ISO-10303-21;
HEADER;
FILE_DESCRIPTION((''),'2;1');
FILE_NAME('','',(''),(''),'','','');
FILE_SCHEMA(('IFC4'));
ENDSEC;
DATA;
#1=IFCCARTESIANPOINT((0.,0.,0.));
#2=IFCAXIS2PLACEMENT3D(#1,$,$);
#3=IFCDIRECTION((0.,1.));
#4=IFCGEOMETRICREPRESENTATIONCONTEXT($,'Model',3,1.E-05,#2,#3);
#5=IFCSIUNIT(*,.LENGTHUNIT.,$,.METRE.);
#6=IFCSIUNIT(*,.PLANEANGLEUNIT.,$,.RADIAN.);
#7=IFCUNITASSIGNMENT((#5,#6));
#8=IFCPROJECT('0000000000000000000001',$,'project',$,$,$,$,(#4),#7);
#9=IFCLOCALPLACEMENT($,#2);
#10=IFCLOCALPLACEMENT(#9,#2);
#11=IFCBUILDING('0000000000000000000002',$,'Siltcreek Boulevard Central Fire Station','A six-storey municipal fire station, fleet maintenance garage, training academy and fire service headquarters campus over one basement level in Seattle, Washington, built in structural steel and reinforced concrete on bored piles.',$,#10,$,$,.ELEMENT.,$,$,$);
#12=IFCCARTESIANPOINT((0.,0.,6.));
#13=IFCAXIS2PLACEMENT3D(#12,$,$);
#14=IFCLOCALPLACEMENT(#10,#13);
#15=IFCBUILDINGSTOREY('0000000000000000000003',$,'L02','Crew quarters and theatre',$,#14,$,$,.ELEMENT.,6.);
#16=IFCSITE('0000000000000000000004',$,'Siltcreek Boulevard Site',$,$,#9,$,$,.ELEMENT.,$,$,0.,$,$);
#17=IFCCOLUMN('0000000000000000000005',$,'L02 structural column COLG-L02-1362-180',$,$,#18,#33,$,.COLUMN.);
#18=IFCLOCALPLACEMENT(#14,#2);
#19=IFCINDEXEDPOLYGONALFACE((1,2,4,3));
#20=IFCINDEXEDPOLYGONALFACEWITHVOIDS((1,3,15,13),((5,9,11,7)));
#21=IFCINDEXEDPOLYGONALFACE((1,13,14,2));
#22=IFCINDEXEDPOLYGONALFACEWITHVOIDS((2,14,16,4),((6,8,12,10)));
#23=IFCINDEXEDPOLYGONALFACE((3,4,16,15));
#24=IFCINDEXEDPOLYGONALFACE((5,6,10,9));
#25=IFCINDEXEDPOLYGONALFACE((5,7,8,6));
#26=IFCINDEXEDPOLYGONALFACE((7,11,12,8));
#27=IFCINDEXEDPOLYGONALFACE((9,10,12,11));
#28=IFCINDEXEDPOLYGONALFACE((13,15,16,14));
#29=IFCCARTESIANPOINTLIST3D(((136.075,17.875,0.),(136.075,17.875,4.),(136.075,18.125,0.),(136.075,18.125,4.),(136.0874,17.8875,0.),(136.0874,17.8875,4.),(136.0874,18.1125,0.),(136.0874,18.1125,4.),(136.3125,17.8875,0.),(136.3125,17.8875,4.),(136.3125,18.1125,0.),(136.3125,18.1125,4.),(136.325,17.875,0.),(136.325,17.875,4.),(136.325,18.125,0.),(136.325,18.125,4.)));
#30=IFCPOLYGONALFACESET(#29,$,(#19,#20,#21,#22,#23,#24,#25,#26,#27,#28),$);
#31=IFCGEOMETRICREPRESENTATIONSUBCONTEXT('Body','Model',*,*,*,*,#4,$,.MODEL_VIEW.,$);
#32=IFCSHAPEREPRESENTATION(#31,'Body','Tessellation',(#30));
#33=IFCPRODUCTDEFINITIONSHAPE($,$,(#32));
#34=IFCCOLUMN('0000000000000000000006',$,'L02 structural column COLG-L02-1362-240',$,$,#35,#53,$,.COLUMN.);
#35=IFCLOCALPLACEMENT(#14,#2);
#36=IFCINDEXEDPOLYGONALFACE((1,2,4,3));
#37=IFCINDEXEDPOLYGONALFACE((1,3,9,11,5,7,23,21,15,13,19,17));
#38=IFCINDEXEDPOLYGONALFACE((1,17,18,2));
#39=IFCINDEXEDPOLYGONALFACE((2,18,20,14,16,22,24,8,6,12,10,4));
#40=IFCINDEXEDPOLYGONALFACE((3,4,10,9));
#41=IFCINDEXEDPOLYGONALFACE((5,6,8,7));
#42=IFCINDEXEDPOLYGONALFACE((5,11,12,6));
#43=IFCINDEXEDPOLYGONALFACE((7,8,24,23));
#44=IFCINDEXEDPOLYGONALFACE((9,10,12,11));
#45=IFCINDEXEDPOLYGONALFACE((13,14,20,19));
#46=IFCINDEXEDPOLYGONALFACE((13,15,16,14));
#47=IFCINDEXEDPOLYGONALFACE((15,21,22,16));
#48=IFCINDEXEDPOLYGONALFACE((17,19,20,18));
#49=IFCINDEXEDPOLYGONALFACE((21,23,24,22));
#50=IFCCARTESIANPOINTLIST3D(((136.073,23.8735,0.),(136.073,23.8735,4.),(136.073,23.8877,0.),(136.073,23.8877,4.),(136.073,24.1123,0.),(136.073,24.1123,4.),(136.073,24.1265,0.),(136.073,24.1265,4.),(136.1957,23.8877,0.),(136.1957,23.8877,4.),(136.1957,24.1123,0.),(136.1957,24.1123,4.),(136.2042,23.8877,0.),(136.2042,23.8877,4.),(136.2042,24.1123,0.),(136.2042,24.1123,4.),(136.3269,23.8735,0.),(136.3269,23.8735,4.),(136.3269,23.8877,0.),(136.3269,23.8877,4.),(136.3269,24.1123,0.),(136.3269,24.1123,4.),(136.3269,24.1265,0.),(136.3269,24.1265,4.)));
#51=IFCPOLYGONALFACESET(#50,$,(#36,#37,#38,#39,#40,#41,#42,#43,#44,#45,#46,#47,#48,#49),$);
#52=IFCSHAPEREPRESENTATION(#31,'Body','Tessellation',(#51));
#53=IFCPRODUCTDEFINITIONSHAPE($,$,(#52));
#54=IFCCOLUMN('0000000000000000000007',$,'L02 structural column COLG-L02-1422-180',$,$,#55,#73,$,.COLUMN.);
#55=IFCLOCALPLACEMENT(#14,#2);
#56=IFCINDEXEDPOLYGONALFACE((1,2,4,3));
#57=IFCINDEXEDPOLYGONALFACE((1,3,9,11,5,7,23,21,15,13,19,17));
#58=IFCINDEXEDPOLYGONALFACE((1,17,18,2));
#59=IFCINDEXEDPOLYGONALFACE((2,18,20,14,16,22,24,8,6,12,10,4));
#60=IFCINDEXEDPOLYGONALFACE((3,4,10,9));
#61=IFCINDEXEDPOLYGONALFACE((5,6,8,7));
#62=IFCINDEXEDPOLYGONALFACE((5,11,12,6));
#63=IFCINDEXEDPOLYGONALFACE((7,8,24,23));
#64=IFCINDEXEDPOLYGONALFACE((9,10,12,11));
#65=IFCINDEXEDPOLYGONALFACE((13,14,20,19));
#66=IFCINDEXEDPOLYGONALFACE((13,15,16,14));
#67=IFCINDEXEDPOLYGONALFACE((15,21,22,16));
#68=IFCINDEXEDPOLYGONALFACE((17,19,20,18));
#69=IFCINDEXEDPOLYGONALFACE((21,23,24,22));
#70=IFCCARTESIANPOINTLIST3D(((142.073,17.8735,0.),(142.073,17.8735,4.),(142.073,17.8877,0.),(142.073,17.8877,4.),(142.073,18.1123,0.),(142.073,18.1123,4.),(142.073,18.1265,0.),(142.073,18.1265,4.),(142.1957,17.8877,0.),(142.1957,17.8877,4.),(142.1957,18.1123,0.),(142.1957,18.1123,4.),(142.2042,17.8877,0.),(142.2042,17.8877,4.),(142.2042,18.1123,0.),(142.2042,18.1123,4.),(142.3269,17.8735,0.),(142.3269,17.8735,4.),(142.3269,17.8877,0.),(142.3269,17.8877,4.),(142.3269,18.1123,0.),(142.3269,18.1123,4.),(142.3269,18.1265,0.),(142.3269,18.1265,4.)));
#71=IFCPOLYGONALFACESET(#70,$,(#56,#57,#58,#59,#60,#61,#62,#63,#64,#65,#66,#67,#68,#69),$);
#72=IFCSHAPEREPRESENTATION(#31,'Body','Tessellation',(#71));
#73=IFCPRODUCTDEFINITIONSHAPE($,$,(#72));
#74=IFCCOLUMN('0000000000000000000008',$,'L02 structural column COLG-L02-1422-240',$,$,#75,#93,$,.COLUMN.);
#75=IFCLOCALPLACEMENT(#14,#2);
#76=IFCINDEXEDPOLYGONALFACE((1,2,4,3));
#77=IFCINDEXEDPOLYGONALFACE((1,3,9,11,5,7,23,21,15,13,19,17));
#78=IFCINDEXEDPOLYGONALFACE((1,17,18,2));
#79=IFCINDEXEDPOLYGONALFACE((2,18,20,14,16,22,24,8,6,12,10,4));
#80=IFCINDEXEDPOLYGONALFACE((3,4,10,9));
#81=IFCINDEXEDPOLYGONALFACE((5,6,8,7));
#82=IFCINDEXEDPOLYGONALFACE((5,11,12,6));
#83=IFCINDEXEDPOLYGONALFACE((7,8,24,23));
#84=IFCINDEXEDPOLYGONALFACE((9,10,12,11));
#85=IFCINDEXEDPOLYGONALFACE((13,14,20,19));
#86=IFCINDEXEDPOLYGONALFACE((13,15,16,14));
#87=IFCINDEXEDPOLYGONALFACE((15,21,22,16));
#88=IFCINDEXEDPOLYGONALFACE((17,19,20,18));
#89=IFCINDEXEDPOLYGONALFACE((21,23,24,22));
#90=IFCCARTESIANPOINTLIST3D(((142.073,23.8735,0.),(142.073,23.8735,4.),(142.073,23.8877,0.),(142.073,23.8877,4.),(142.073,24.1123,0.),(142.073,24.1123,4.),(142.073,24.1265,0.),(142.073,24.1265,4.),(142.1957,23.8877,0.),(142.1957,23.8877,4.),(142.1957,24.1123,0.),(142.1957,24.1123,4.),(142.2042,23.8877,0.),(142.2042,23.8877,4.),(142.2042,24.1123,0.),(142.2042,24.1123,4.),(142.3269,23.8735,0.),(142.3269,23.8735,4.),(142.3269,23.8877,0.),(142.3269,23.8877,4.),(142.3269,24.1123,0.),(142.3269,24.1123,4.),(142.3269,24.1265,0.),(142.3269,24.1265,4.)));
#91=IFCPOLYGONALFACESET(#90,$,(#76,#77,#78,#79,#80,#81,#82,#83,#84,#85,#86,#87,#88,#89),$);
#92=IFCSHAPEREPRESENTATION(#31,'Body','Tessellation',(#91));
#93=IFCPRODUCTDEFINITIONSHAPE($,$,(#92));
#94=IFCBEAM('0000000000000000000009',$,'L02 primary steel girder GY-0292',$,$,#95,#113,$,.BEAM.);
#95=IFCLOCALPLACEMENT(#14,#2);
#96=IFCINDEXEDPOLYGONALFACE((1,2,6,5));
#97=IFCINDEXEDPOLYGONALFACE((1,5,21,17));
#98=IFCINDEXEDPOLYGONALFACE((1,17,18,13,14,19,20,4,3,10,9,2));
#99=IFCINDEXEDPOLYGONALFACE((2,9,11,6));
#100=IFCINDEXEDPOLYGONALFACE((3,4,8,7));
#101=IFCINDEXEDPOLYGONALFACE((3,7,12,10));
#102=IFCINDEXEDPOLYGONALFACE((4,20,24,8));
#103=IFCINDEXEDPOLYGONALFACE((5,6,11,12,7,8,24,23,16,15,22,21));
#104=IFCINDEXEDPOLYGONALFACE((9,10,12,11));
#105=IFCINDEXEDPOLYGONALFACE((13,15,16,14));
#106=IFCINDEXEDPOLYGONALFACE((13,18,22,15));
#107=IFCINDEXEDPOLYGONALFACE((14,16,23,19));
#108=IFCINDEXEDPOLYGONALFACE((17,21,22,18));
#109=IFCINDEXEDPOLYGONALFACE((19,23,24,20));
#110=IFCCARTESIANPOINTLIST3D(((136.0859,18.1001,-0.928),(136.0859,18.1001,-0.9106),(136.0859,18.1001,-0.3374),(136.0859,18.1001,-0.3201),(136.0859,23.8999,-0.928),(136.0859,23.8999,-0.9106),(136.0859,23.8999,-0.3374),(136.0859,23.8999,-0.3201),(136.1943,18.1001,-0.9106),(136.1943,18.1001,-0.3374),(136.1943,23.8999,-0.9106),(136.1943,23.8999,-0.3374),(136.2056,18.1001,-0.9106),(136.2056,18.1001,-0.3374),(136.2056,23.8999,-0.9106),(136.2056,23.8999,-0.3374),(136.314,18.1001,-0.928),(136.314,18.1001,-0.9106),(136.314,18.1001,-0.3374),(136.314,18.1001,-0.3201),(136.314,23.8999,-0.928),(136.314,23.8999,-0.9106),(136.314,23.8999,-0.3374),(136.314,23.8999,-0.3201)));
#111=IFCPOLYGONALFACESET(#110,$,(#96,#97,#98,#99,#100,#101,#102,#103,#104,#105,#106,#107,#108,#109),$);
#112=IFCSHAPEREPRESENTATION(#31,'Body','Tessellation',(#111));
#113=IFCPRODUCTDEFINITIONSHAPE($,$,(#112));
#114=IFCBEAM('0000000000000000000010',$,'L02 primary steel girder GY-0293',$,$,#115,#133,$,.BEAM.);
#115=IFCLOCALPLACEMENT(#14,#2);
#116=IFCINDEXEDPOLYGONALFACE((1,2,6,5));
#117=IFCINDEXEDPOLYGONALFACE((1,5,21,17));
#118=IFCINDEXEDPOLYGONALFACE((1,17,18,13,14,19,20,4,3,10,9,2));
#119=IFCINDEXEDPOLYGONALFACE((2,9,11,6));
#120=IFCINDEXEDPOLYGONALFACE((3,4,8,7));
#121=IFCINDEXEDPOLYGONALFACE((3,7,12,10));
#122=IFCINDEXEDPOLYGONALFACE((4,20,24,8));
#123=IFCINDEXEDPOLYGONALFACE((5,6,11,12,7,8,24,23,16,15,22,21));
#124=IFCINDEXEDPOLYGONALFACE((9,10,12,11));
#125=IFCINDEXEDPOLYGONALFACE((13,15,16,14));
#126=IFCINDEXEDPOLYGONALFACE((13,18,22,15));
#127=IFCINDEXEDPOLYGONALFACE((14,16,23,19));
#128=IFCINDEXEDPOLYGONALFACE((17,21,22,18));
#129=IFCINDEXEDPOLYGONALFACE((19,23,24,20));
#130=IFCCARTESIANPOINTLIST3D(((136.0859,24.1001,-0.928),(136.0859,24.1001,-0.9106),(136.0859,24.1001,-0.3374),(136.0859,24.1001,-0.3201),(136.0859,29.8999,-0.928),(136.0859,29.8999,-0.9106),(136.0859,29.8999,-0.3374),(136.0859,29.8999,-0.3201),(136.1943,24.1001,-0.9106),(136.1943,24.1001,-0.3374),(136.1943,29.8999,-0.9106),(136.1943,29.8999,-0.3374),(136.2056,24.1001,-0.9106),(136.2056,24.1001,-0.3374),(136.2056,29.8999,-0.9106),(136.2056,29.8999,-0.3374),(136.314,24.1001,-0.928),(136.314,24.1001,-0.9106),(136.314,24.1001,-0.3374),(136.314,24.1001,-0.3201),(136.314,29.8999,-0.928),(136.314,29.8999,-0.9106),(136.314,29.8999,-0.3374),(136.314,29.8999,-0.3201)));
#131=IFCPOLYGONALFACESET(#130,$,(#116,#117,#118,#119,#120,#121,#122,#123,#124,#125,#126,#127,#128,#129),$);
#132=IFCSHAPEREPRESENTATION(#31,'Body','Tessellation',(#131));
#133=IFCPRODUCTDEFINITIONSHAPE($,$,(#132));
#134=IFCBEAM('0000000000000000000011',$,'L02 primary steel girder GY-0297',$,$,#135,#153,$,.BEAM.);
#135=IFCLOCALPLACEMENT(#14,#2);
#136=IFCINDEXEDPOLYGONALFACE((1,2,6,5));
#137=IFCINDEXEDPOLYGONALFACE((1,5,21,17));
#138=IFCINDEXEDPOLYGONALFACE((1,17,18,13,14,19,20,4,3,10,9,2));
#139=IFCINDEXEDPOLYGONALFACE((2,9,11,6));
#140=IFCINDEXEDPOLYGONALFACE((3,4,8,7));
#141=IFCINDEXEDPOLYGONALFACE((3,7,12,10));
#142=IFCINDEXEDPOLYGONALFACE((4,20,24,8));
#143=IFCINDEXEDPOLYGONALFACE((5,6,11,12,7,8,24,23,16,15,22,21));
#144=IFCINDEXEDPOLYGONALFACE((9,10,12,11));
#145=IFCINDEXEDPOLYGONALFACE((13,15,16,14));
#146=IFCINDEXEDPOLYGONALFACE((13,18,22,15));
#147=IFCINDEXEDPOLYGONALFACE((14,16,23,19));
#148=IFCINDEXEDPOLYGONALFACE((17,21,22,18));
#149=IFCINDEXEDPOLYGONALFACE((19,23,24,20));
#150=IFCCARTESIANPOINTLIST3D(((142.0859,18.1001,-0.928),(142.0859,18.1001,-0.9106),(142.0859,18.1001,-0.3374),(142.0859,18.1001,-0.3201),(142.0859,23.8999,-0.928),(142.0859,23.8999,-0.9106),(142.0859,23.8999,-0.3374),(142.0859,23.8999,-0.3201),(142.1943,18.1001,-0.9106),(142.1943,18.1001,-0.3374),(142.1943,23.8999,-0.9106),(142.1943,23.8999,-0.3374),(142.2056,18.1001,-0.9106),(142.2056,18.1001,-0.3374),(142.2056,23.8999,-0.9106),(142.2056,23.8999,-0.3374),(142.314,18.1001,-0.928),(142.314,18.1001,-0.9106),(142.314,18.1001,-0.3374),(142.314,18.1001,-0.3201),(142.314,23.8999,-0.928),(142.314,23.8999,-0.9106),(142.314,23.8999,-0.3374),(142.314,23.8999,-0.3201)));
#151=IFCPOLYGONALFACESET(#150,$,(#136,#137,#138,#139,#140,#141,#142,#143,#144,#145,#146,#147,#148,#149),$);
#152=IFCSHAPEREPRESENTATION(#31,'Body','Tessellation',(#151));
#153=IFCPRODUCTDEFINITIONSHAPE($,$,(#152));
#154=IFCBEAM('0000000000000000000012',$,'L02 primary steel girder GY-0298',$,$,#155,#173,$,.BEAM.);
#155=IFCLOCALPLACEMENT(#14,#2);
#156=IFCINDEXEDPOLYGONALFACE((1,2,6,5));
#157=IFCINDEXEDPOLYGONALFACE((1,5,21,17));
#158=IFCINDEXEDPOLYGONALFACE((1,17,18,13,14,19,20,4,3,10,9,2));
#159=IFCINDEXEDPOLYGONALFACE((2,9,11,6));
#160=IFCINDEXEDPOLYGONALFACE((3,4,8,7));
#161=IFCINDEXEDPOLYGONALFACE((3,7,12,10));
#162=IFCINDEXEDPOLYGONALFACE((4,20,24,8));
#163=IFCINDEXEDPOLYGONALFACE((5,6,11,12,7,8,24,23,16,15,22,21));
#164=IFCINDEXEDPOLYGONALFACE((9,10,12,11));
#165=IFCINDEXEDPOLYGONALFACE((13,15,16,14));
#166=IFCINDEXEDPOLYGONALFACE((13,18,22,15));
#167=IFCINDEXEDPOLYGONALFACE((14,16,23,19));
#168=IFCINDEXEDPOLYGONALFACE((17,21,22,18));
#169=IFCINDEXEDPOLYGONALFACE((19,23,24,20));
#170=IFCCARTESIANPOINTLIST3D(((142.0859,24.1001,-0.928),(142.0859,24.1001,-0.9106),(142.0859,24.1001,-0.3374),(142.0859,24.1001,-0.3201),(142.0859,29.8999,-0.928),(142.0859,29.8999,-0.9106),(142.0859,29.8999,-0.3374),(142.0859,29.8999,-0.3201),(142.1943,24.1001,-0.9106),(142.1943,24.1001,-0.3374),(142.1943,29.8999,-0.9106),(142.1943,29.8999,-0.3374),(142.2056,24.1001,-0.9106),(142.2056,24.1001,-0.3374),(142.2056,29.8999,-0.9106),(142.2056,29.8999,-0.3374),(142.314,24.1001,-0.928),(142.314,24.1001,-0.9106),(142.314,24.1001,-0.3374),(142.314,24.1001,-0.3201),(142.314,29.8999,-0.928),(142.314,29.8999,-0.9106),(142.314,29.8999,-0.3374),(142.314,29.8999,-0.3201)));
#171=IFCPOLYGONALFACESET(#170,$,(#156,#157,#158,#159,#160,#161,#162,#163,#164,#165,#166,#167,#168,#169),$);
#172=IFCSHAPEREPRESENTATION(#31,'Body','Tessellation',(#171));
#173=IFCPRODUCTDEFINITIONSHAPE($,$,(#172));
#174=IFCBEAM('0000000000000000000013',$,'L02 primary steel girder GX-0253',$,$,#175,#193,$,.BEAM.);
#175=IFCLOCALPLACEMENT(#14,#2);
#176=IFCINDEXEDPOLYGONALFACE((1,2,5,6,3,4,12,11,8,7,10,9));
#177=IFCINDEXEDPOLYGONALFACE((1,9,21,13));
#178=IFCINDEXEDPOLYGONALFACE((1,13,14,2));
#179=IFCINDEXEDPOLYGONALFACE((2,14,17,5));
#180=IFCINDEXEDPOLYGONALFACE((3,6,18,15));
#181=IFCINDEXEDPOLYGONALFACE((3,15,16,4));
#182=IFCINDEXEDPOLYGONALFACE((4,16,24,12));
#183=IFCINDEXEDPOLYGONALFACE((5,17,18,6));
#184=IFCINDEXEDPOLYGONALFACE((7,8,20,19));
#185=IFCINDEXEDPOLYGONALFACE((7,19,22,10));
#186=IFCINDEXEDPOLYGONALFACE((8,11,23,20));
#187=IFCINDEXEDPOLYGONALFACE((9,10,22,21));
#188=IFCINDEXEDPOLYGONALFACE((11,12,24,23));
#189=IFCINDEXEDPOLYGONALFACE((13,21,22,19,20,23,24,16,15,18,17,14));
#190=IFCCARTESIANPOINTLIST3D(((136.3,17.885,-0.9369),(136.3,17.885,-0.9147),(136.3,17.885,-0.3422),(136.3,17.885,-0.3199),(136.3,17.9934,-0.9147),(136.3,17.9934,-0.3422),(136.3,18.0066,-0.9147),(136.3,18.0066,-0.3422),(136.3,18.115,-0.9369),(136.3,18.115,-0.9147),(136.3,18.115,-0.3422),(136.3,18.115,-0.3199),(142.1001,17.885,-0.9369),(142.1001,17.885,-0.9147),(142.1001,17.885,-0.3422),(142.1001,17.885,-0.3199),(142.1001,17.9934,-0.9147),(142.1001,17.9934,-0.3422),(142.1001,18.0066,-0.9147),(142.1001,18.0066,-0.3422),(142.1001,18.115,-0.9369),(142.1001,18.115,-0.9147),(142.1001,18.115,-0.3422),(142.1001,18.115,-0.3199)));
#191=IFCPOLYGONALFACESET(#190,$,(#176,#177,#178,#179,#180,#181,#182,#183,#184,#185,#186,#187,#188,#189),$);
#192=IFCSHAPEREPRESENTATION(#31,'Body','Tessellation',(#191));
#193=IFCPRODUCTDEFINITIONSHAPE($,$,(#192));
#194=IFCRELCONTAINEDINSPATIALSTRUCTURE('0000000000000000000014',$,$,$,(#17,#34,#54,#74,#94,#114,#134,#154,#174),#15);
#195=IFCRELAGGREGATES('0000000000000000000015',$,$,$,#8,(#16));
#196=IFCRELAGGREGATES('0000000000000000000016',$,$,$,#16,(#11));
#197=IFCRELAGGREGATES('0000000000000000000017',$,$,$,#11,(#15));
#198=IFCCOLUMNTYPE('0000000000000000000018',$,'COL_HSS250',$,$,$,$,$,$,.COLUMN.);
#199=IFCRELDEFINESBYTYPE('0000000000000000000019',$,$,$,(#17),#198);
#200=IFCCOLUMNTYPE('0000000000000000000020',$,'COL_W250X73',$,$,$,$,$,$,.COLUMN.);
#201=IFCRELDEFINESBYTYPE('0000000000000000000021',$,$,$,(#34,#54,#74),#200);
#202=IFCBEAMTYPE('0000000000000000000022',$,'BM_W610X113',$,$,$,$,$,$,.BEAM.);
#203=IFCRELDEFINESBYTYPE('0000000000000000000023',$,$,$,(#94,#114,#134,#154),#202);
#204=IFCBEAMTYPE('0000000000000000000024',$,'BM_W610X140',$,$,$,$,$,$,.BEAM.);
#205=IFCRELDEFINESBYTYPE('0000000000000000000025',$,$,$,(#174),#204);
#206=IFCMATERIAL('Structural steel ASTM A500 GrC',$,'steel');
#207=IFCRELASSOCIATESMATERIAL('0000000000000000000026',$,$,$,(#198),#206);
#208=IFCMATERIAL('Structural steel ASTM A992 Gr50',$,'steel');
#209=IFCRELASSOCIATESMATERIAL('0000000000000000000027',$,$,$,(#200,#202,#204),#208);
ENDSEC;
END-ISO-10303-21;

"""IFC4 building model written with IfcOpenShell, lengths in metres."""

from ifc_helpers import new_model, si_unit, direction, frame, origin, origin_2d, place, context, subcontext, project, spatial, hollow_rectangle, i_section, extrude, material, material_profile, profile_set, type_object, element, save


model = new_model("IFC4")

# Units and contexts
model_context = context("Model", 3, precision=1e-05, world=origin(), true_north=direction((0.0, 1.0)))
body_context = subcontext(model_context, "Body", "Model", "MODEL_VIEW")
ifc_project = project(units=[si_unit("LENGTHUNIT", "METRE"), si_unit("PLANEANGLEUNIT", "RADIAN")], contexts=[model_context])

# Site, building, storey
site_placement = place(None, origin())
site = spatial("IfcSite", under=ifc_project, at=site_placement, Name="Siltcreek Boulevard Site", CompositionType="ELEMENT", RefElevation=0.0)
building_placement = place(site_placement, origin())
building = spatial("IfcBuilding", under=site, at=building_placement, Name="Siltcreek Boulevard Central Fire Station", Description="A six-storey municipal fire station, fleet maintenance garage, training academy and fire service headquarters campus over one basement level in Seattle, Washington, built in structural steel and reinforced concrete on bored piles.", CompositionType="ELEMENT")
storey_placement = place(building_placement, frame((0.0, 0.0, 6.0)))
storey = spatial("IfcBuildingStorey", under=building, at=storey_placement, Name="L02", Description="Crew quarters and theatre", CompositionType="ELEMENT", Elevation=6.0)

# Columns
ifc_material_1 = material(Name="Structural steel ASTM A500 GrC", Category="steel")
ifc_material_profile_1 = material_profile(ifc_material_1, hollow_rectangle(XDim=0.25, YDim=0.25, WallThickness=0.0125, at=origin_2d()), Name="HSS250X250X12.5")
ifc_profile_set_1 = profile_set([ifc_material_profile_1], Name="Structural steel ASTM A500 GrC")
column_type_1 = type_object("IfcColumnType", Name="COL_HSS250", PredefinedType="COLUMN", material=ifc_profile_set_1)
column_placement = place(storey_placement, frame((136.2, 18.0, 0.0), z_axis=(0.0, 0.0, 1.0), x_axis=(1.0, 0.0, 0.0)))
element("IfcColumn", 1, at=column_placement, inside=storey, type_object=column_type_1, Name="L02 structural column COLG-L02-1362-180", PredefinedType="COLUMN", context=body_context, shape_type="SweptSolid", body=[
    extrude(hollow_rectangle(XDim=0.25, YDim=0.25, WallThickness=0.0125, at=origin_2d()), origin(), (0.0, 0.0, 1.0), 4.0),
])
ifc_material_2 = material(Name="Structural steel ASTM A992 Gr50", Category="steel")
ifc_material_profile_2 = material_profile(ifc_material_2, i_section(OverallWidth=0.2539, OverallDepth=0.2529, WebThickness=0.0085, FlangeThickness=0.0142, at=origin_2d()), Name="W250X73")
ifc_profile_set_2 = profile_set([ifc_material_profile_2], Name="Structural steel ASTM A992 Gr50")
column_type_2 = type_object("IfcColumnType", Name="COL_W250X73", PredefinedType="COLUMN", material=ifc_profile_set_2)
for number, where, z_axis, x_axis, name in (
    (2, (136.2, 24.0, 0.0), (0.0, 0.0, 1.0), (1.0, 0.0, 0.0), "L02 structural column COLG-L02-1362-240"),
    (3, (142.2, 18.0, 0.0), (0.0, 0.0, 1.0), (1.0, 0.0, 0.0), "L02 structural column COLG-L02-1422-180"),
    (4, (142.2, 24.0, 0.0), (0.0, 0.0, 1.0), (1.0, 0.0, 0.0), "L02 structural column COLG-L02-1422-240"),
):
    element("IfcColumn", number, at=place(storey_placement, frame(where, z_axis=z_axis, x_axis=x_axis)), inside=storey, type_object=column_type_2, Name=name, PredefinedType="COLUMN", context=body_context, shape_type="SweptSolid", body=[
        extrude(i_section(OverallWidth=0.2539, OverallDepth=0.2529, WebThickness=0.0085, FlangeThickness=0.0142, at=origin_2d()), origin(), (0.0, 0.0, 1.0), 4.0),
    ])

# Beams
ifc_material_profile_3 = material_profile(ifc_material_2, i_section(OverallWidth=0.228, OverallDepth=0.6079, WebThickness=0.0112, FlangeThickness=0.0173, at=origin_2d()), Name="W610X113")
ifc_profile_set_3 = profile_set([ifc_material_profile_3], Name="Structural steel ASTM A992 Gr50")
beam_type_1 = type_object("IfcBeamType", Name="BM_W610X113", PredefinedType="BEAM", material=ifc_profile_set_3)
for number, where, z_axis, x_axis, name in (
    (5, (136.2, 18.1001, -0.624), (0.0, 1.0, 0.0), (-1.0, 0.0, 0.0), "L02 primary steel girder GY-0292"),
    (6, (136.2, 24.1001, -0.624), (0.0, 1.0, 0.0), (-1.0, 0.0, 0.0), "L02 primary steel girder GY-0293"),
    (7, (142.2, 18.1001, -0.624), (0.0, 1.0, 0.0), (-1.0, 0.0, 0.0), "L02 primary steel girder GY-0297"),
    (8, (142.2, 24.1001, -0.624), (0.0, 1.0, 0.0), (-1.0, 0.0, 0.0), "L02 primary steel girder GY-0298"),
):
    element("IfcBeam", number, at=place(storey_placement, frame(where, z_axis=z_axis, x_axis=x_axis)), inside=storey, type_object=beam_type_1, Name=name, PredefinedType="BEAM", context=body_context, shape_type="SweptSolid", body=[
        extrude(i_section(OverallWidth=0.228, OverallDepth=0.6079, WebThickness=0.0112, FlangeThickness=0.0173, at=origin_2d()), origin(), (0.0, 0.0, 1.0), 5.7998),
    ])
ifc_material_profile_4 = material_profile(ifc_material_2, i_section(OverallWidth=0.23, OverallDepth=0.6169, WebThickness=0.0132, FlangeThickness=0.0222, at=origin_2d()), Name="W610X140")
ifc_profile_set_4 = profile_set([ifc_material_profile_4], Name="Structural steel ASTM A992 Gr50")
beam_type_2 = type_object("IfcBeamType", Name="BM_W610X140", PredefinedType="BEAM", material=ifc_profile_set_4)
for number, where, z_axis, x_axis, name in (
    (9, (136.3, 18.0, -0.6284), (1.0, 0.0, 0.0), (0.0, 1.0, 0.0), "L02 primary steel girder GX-0253"),
):
    element("IfcBeam", number, at=place(storey_placement, frame(where, z_axis=z_axis, x_axis=x_axis)), inside=storey, type_object=beam_type_2, Name=name, PredefinedType="BEAM", context=body_context, shape_type="SweptSolid", body=[
        extrude(i_section(OverallWidth=0.23, OverallDepth=0.6169, WebThickness=0.0132, FlangeThickness=0.0222, at=origin_2d()), origin(), (0.0, 0.0, 1.0), 5.8),
    ])

save(model, "model.ifc")
